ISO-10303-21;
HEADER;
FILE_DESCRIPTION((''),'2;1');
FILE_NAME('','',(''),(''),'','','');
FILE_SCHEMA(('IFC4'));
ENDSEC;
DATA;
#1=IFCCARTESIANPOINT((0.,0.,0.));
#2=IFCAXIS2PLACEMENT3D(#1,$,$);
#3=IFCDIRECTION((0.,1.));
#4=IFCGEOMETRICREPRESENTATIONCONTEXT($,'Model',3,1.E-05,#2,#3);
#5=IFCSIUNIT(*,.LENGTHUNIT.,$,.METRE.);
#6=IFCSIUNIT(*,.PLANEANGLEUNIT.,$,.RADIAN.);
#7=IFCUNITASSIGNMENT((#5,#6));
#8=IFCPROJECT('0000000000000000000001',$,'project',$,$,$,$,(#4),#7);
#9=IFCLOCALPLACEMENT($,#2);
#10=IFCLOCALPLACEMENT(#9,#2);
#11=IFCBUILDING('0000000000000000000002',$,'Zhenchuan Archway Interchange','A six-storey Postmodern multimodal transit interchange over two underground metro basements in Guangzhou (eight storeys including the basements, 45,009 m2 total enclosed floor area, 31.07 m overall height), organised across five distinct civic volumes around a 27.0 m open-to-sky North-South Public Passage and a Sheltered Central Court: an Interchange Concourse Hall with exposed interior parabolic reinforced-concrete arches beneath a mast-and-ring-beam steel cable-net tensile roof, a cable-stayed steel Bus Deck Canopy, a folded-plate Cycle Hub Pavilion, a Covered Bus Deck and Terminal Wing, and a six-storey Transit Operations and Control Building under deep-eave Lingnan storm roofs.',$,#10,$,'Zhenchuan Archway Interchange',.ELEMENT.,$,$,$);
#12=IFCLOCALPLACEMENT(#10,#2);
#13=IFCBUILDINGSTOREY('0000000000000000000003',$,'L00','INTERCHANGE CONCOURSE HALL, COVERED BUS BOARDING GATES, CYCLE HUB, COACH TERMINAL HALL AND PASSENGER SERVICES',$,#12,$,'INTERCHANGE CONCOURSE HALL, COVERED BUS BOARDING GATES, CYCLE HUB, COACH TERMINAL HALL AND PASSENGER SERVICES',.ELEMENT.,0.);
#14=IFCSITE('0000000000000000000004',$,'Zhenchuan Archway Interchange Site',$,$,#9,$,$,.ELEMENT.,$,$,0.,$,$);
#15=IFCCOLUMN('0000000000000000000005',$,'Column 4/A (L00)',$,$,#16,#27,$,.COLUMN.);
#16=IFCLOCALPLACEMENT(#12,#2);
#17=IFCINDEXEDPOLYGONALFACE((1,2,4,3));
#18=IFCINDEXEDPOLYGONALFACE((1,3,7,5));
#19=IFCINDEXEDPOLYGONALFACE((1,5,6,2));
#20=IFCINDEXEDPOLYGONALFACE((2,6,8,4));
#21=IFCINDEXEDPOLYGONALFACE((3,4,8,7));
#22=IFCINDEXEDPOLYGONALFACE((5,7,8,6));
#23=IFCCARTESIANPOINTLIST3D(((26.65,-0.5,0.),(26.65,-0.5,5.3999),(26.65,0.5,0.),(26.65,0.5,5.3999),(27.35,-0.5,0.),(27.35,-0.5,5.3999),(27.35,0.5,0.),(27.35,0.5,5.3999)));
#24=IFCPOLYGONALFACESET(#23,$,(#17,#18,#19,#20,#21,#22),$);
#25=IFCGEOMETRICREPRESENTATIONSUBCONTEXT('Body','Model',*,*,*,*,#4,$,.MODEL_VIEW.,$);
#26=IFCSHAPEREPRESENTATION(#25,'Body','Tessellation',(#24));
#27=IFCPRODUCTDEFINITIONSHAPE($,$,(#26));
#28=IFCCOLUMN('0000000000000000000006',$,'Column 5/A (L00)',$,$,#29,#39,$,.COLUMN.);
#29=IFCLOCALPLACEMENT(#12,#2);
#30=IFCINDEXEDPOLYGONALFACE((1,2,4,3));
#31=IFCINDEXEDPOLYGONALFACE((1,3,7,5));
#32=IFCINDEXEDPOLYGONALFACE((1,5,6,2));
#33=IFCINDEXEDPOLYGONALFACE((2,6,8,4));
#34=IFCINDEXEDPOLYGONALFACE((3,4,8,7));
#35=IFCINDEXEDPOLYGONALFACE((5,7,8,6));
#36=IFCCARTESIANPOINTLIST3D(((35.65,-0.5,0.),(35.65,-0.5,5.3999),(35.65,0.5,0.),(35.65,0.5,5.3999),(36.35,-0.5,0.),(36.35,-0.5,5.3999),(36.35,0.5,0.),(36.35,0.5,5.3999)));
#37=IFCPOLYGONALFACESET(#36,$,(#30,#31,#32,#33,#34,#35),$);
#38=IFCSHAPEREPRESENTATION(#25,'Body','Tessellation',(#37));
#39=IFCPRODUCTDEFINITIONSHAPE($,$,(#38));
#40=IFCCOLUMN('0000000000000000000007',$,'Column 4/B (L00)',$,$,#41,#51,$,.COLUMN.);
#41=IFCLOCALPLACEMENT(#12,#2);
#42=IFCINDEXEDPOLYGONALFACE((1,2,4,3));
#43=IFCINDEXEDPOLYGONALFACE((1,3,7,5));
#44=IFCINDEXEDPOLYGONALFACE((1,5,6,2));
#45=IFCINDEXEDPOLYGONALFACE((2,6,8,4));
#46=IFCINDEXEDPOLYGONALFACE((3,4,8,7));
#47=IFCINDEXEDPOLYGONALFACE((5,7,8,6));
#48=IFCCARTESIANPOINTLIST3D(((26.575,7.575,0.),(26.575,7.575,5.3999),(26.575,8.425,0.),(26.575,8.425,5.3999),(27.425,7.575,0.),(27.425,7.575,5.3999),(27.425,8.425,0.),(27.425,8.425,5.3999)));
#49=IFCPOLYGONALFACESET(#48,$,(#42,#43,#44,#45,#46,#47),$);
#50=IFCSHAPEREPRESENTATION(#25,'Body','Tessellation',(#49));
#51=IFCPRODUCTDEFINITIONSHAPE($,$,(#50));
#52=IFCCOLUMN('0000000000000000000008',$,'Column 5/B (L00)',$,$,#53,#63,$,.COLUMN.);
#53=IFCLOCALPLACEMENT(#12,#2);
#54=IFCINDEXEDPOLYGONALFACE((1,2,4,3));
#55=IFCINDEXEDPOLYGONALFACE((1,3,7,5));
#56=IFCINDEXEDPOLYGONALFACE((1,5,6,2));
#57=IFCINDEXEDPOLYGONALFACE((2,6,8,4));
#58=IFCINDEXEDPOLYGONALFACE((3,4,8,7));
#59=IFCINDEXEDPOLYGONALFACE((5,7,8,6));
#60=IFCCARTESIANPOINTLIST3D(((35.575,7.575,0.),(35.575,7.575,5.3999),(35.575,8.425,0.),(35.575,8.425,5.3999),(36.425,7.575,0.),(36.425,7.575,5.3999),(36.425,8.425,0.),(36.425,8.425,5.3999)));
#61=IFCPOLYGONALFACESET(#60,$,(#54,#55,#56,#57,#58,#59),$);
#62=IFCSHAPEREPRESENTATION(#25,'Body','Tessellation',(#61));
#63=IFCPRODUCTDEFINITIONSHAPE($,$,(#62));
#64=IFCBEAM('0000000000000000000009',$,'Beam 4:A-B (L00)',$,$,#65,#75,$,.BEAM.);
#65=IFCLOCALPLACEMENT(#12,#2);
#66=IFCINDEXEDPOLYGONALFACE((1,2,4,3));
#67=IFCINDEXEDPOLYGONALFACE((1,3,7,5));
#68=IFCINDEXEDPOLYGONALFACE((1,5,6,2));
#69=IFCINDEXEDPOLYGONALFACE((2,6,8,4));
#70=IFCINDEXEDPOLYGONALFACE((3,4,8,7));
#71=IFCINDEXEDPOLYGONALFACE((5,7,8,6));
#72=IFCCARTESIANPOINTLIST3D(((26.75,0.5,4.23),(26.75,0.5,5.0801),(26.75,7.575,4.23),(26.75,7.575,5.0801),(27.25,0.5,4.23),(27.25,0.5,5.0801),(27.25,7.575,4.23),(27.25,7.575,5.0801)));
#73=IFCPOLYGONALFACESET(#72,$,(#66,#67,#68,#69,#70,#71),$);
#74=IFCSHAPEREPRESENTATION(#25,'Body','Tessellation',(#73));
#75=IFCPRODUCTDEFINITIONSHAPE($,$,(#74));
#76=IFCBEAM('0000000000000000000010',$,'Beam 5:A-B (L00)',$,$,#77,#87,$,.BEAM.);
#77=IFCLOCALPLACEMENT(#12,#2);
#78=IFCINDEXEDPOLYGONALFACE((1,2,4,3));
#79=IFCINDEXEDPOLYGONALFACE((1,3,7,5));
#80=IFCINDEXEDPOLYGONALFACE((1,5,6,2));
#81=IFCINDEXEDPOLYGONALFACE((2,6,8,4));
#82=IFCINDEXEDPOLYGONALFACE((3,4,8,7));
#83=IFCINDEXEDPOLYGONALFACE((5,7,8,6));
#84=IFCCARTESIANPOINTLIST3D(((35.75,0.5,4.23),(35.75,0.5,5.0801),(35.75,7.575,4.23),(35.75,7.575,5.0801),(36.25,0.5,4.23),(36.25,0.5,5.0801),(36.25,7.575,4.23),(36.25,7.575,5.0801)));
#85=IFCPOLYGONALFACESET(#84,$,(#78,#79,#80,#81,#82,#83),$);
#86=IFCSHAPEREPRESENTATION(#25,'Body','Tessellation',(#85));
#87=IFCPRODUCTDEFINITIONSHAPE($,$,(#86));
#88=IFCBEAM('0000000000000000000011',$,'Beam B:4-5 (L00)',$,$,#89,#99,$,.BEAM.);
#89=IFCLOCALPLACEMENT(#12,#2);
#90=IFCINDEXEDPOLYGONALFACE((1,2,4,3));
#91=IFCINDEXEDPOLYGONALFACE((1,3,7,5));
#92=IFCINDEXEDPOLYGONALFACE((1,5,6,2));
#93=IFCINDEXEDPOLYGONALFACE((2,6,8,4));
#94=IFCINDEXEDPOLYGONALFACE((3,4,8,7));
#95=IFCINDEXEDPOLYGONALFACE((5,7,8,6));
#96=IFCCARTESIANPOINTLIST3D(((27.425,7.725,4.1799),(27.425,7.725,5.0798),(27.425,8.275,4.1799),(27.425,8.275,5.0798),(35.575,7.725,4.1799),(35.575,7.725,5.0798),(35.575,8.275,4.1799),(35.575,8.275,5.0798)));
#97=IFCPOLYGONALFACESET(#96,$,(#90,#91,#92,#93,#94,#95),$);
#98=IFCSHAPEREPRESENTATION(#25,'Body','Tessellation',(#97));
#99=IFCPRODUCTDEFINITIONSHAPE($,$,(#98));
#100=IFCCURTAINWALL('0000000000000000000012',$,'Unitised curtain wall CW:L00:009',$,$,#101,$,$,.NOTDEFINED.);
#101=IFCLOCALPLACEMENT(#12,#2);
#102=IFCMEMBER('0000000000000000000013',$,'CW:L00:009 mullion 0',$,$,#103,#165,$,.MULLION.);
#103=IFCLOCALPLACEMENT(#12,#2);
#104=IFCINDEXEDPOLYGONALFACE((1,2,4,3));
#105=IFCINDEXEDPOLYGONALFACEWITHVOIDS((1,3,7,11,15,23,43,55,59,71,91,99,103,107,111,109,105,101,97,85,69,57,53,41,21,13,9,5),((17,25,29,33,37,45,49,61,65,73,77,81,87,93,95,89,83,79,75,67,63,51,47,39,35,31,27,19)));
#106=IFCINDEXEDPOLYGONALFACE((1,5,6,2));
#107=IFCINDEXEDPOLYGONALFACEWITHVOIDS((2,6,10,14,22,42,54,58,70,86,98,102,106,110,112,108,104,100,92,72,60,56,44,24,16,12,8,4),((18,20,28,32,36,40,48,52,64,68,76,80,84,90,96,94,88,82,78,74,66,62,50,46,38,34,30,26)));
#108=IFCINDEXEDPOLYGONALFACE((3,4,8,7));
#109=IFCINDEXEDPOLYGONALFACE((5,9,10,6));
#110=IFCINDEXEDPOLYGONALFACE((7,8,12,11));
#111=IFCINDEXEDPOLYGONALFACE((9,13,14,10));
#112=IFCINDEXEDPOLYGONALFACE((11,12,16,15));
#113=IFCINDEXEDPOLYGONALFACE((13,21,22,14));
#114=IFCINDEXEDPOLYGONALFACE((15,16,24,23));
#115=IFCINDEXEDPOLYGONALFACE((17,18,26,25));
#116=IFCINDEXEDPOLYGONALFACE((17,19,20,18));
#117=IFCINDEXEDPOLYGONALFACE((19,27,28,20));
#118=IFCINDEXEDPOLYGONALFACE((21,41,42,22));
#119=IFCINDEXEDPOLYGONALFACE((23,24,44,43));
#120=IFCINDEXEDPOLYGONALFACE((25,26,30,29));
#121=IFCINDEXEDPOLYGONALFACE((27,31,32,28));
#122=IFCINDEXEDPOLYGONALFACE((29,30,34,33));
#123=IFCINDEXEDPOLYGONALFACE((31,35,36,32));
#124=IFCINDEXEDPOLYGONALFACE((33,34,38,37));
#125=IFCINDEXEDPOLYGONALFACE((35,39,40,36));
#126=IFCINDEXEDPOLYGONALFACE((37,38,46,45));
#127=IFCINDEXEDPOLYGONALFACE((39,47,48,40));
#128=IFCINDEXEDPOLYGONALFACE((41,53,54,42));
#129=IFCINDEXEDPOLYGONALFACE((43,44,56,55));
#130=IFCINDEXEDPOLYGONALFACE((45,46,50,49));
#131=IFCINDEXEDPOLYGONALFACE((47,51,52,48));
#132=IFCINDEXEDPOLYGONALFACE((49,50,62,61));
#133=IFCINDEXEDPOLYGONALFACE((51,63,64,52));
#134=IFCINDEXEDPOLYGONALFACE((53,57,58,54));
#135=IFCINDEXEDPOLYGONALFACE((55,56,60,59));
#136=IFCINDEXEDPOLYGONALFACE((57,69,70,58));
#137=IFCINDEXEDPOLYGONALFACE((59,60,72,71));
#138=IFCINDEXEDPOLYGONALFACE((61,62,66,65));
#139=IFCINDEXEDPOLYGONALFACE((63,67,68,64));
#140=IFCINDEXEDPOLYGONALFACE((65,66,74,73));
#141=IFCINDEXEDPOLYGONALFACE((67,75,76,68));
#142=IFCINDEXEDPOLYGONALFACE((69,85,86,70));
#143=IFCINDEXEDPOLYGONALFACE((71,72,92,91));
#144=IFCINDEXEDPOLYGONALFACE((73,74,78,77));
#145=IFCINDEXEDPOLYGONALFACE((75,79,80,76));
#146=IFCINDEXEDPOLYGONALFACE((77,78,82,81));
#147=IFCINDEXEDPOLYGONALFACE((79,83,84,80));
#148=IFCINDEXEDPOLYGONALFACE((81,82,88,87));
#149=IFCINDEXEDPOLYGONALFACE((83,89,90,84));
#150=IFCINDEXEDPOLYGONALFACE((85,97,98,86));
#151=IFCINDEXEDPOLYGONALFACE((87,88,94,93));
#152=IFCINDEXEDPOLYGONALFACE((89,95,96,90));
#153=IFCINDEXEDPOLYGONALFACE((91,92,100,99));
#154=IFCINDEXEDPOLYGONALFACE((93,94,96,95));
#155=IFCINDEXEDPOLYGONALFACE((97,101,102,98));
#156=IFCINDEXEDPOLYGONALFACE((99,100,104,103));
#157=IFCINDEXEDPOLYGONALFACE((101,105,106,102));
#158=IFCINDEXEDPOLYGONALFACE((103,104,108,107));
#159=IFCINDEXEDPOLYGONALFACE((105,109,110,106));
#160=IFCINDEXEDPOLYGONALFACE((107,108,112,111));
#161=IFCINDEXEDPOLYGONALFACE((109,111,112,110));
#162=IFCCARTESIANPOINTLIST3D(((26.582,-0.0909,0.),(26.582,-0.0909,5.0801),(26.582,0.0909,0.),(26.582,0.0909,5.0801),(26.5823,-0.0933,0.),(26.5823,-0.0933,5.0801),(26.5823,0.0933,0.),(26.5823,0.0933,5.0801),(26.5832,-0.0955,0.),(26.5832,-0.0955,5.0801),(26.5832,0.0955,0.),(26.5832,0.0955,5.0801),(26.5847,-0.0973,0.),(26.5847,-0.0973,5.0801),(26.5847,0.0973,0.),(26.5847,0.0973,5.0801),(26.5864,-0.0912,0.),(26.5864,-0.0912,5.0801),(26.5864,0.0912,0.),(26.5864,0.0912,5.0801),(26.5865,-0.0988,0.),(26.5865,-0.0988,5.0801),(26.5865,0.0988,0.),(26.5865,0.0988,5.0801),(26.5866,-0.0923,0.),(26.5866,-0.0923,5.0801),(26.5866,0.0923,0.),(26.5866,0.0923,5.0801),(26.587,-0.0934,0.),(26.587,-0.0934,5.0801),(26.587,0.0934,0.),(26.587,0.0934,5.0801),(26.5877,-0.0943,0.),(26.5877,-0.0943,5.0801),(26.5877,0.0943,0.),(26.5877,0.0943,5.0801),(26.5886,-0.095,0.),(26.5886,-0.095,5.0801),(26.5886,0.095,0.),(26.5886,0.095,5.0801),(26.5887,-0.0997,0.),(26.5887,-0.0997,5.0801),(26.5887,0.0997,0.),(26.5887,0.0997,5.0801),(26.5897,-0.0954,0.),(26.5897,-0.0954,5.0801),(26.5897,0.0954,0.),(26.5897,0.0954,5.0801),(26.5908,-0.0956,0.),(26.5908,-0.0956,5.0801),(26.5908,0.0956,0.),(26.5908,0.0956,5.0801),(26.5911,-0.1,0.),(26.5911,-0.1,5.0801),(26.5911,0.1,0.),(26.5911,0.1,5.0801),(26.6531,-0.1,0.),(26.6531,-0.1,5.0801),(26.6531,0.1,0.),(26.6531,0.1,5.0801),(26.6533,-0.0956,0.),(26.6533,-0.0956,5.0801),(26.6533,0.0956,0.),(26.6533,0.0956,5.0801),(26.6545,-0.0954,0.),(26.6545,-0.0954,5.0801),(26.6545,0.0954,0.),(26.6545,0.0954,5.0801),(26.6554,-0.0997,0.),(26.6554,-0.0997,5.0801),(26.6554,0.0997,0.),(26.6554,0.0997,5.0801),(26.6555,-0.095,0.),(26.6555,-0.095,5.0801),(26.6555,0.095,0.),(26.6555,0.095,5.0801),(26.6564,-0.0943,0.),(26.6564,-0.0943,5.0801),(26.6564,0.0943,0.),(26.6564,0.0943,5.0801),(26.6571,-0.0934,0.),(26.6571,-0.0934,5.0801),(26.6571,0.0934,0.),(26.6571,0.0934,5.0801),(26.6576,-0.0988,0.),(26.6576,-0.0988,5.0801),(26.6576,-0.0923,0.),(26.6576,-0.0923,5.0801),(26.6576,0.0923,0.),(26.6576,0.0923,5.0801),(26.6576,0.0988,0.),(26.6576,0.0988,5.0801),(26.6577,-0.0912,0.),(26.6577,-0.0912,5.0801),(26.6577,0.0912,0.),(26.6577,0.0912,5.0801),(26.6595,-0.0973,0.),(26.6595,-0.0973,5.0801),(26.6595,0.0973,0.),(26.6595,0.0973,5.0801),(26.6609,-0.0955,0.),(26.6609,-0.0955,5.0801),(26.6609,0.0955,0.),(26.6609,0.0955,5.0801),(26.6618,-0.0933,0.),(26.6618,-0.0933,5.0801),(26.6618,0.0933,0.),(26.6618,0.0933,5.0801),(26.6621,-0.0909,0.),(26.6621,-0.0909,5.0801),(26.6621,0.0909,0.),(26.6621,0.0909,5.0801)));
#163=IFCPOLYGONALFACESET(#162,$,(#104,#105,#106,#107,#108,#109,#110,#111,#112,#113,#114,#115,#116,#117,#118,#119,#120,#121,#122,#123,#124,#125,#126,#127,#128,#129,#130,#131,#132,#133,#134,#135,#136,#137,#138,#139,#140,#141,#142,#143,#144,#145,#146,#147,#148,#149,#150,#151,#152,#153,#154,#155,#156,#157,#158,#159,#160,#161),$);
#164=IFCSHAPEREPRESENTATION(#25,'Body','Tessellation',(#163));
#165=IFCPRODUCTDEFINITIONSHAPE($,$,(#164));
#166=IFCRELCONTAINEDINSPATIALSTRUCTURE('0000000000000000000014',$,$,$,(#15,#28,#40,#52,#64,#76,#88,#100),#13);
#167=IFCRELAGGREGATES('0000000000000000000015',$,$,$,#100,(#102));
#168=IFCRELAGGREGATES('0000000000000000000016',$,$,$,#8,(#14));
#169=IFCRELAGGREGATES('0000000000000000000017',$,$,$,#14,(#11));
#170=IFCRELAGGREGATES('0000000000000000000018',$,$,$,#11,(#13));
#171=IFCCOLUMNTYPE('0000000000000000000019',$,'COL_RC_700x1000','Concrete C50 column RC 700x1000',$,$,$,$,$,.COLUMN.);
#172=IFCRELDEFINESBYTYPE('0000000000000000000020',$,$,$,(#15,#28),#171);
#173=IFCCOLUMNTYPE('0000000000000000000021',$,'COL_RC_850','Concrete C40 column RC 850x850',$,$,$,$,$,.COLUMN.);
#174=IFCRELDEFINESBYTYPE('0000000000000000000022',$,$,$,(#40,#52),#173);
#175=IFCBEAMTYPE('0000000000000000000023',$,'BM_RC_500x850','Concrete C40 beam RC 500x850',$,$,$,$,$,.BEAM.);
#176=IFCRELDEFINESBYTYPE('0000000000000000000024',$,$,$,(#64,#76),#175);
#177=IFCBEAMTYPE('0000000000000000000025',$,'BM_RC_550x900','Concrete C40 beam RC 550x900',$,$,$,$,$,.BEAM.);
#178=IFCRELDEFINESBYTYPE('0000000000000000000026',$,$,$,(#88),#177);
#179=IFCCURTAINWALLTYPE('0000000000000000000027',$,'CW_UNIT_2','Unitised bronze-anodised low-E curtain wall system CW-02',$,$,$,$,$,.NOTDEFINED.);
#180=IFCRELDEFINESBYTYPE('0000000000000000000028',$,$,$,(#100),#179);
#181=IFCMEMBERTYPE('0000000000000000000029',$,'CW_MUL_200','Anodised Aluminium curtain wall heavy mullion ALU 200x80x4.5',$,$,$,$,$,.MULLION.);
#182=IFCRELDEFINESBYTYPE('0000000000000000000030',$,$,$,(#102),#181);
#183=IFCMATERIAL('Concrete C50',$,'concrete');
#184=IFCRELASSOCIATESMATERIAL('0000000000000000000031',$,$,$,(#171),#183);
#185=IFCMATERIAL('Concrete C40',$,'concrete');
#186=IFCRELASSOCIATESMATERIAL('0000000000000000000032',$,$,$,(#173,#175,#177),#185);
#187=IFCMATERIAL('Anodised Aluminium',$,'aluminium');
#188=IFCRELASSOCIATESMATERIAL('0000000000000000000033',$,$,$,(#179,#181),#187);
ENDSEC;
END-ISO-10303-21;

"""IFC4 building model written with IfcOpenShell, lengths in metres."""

from ifc_helpers import new_model, si_unit, direction, frame, origin, origin_2d, place, context, subcontext, project, spatial, rectangle, hollow_rectangle, extrude, material, material_profile, profile_set, type_object, element, aggregate, save


model = new_model("IFC4")

# Units and contexts
model_context = context("Model", 3, precision=1e-05, world=origin(), true_north=direction((0.0, 1.0)))
body_context = subcontext(model_context, "Body", "Model", "MODEL_VIEW")
ifc_project = project(units=[si_unit("LENGTHUNIT", "METRE"), si_unit("PLANEANGLEUNIT", "RADIAN")], contexts=[model_context])

# Site, building, storey
site_placement = place(None, origin())
site = spatial("IfcSite", under=ifc_project, at=site_placement, Name="Zhenchuan Archway Interchange Site", CompositionType="ELEMENT", RefElevation=0.0)
building_placement = place(site_placement, origin())
building = spatial("IfcBuilding", under=site, at=building_placement, Name="Zhenchuan Archway Interchange", Description="A six-storey Postmodern multimodal transit interchange over two underground metro basements in Guangzhou (eight storeys including the basements, 45,009 m2 total enclosed floor area, 31.07 m overall height), organised across five distinct civic volumes around a 27.0 m open-to-sky North-South Public Passage and a Sheltered Central Court: an Interchange Concourse Hall with exposed interior parabolic reinforced-concrete arches beneath a mast-and-ring-beam steel cable-net tensile roof, a cable-stayed steel Bus Deck Canopy, a folded-plate Cycle Hub Pavilion, a Covered Bus Deck and Terminal Wing, and a six-storey Transit Operations and Control Building under deep-eave Lingnan storm roofs.", LongName="Zhenchuan Archway Interchange", CompositionType="ELEMENT")
storey_placement = place(building_placement, origin())
storey = spatial("IfcBuildingStorey", under=building, at=storey_placement, Name="L00", Description="INTERCHANGE CONCOURSE HALL, COVERED BUS BOARDING GATES, CYCLE HUB, COACH TERMINAL HALL AND PASSENGER SERVICES", LongName="INTERCHANGE CONCOURSE HALL, COVERED BUS BOARDING GATES, CYCLE HUB, COACH TERMINAL HALL AND PASSENGER SERVICES", CompositionType="ELEMENT", Elevation=0.0)

# Columns
ifc_material_1 = material(Name="Concrete C50", Category="concrete")
ifc_material_profile_1 = material_profile(ifc_material_1, rectangle(XDim=0.7, YDim=1.0, at=origin_2d()), Name="RC 700x1000")
ifc_profile_set_1 = profile_set([ifc_material_profile_1], Name="Concrete C50")
column_type_1 = type_object("IfcColumnType", Name="COL_RC_700x1000", Description="Concrete C50 column RC 700x1000", PredefinedType="COLUMN", material=ifc_profile_set_1)
for number, where, z_axis, x_axis, name in (
    (1, (27.0, 0.0, 0.0), (0.0, 0.0, 1.0), (1.0, 0.0, 0.0), "Column 4/A (L00)"),
    (2, (36.0, 0.0, 0.0), (0.0, 0.0, 1.0), (1.0, 0.0, 0.0), "Column 5/A (L00)"),
):
    element("IfcColumn", number, at=place(storey_placement, frame(where, z_axis=z_axis, x_axis=x_axis)), inside=storey, type_object=column_type_1, Name=name, PredefinedType="COLUMN", context=body_context, shape_type="SweptSolid", body=[
        extrude(rectangle(XDim=0.7, YDim=1.0, at=origin_2d()), origin(), (0.0, 0.0, 1.0), 5.3999),
    ])
ifc_material_2 = material(Name="Concrete C40", Category="concrete")
ifc_material_profile_2 = material_profile(ifc_material_2, rectangle(XDim=0.8501, YDim=0.8501, at=origin_2d()), Name="RC 850x850")
ifc_profile_set_2 = profile_set([ifc_material_profile_2], Name="Concrete C40")
column_type_2 = type_object("IfcColumnType", Name="COL_RC_850", Description="Concrete C40 column RC 850x850", PredefinedType="COLUMN", material=ifc_profile_set_2)
for number, where, z_axis, x_axis, name in (
    (3, (27.0, 8.0, 0.0), (0.0, 0.0, 1.0), (1.0, 0.0, 0.0), "Column 4/B (L00)"),
    (4, (36.0, 8.0, 0.0), (0.0, 0.0, 1.0), (1.0, 0.0, 0.0), "Column 5/B (L00)"),
):
    element("IfcColumn", number, at=place(storey_placement, frame(where, z_axis=z_axis, x_axis=x_axis)), inside=storey, type_object=column_type_2, Name=name, PredefinedType="COLUMN", context=body_context, shape_type="SweptSolid", body=[
        extrude(rectangle(XDim=0.8501, YDim=0.8501, at=origin_2d()), origin(), (0.0, 0.0, 1.0), 5.3999),
    ])

# Beams
ifc_material_profile_3 = material_profile(ifc_material_2, rectangle(XDim=0.5, YDim=0.8501, at=origin_2d()), Name="RC 500x850")
ifc_profile_set_3 = profile_set([ifc_material_profile_3], Name="Concrete C40")
beam_type_1 = type_object("IfcBeamType", Name="BM_RC_500x850", Description="Concrete C40 beam RC 500x850", PredefinedType="BEAM", material=ifc_profile_set_3)
for number, where, z_axis, x_axis, name in (
    (5, (27.0, 0.5, 4.655), (0.0, 1.0, 0.0), (-1.0, 0.0, 0.0), "Beam 4:A-B (L00)"),
    (6, (36.0, 0.5, 4.655), (0.0, 1.0, 0.0), (-1.0, 0.0, 0.0), "Beam 5:A-B (L00)"),
):
    element("IfcBeam", number, at=place(storey_placement, frame(where, z_axis=z_axis, x_axis=x_axis)), inside=storey, type_object=beam_type_1, Name=name, PredefinedType="BEAM", context=body_context, shape_type="SweptSolid", body=[
        extrude(rectangle(XDim=0.5, YDim=0.8501, at=origin_2d()), origin(), (0.0, 0.0, 1.0), 7.075),
    ])
ifc_material_profile_4 = material_profile(ifc_material_2, rectangle(XDim=0.55, YDim=0.8999, at=origin_2d()), Name="RC 550x900")
ifc_profile_set_4 = profile_set([ifc_material_profile_4], Name="Concrete C40")
beam_type_2 = type_object("IfcBeamType", Name="BM_RC_550x900", Description="Concrete C40 beam RC 550x900", PredefinedType="BEAM", material=ifc_profile_set_4)
beam_placement = place(storey_placement, frame((27.425, 8.0, 4.6299), z_axis=(1.0, 0.0, 0.0), x_axis=(0.0, 1.0, 0.0)))
element("IfcBeam", 7, at=beam_placement, inside=storey, type_object=beam_type_2, Name="Beam B:4-5 (L00)", PredefinedType="BEAM", context=body_context, shape_type="SweptSolid", body=[
    extrude(rectangle(XDim=0.55, YDim=0.8999, at=origin_2d()), origin(), (0.0, 0.0, 1.0), 8.1499),
])

# Curtain wall, member
ifc_material_3 = material(Name="Anodised Aluminium", Category="aluminium")
curtain_wall_type = type_object("IfcCurtainWallType", Name="CW_UNIT_2", Description="Unitised bronze-anodised low-E curtain wall system CW-02", PredefinedType="NOTDEFINED", material=ifc_material_3)
curtain_wall_placement = place(storey_placement, origin())
curtain_wall = element("IfcCurtainWall", 8, at=curtain_wall_placement, inside=storey, type_object=curtain_wall_type, Name="Unitised curtain wall CW:L00:009", PredefinedType="NOTDEFINED")
ifc_material_profile_5 = material_profile(ifc_material_3, hollow_rectangle(XDim=0.0801, YDim=0.2, WallThickness=0.0044, InnerFilletRadius=0.0044, OuterFilletRadius=0.009, at=origin_2d()), Name="ALU 200x80x4.5")
ifc_profile_set_5 = profile_set([ifc_material_profile_5], Name="Anodised Aluminium")
member_type_1 = type_object("IfcMemberType", Name="CW_MUL_200", Description="Anodised Aluminium curtain wall heavy mullion ALU 200x80x4.5", PredefinedType="MULLION", material=ifc_profile_set_5)
member_1_placement = place(storey_placement, frame((26.6221, 0.0, 0.0), z_axis=(0.0, 0.0, 1.0), x_axis=(1.0, 0.0, 0.0)))
member_1 = element("IfcMember", 9, at=member_1_placement, type_object=member_type_1, Name="CW:L00:009 mullion 0", PredefinedType="MULLION", context=body_context, shape_type="SweptSolid", body=[
    extrude(hollow_rectangle(XDim=0.0801, YDim=0.2, WallThickness=0.0044, InnerFilletRadius=0.0044, OuterFilletRadius=0.009, at=origin_2d()), origin(), (0.0, 0.0, 1.0), 5.0801),
])
aggregate(curtain_wall, [member_1])

save(model, "model.ifc")
